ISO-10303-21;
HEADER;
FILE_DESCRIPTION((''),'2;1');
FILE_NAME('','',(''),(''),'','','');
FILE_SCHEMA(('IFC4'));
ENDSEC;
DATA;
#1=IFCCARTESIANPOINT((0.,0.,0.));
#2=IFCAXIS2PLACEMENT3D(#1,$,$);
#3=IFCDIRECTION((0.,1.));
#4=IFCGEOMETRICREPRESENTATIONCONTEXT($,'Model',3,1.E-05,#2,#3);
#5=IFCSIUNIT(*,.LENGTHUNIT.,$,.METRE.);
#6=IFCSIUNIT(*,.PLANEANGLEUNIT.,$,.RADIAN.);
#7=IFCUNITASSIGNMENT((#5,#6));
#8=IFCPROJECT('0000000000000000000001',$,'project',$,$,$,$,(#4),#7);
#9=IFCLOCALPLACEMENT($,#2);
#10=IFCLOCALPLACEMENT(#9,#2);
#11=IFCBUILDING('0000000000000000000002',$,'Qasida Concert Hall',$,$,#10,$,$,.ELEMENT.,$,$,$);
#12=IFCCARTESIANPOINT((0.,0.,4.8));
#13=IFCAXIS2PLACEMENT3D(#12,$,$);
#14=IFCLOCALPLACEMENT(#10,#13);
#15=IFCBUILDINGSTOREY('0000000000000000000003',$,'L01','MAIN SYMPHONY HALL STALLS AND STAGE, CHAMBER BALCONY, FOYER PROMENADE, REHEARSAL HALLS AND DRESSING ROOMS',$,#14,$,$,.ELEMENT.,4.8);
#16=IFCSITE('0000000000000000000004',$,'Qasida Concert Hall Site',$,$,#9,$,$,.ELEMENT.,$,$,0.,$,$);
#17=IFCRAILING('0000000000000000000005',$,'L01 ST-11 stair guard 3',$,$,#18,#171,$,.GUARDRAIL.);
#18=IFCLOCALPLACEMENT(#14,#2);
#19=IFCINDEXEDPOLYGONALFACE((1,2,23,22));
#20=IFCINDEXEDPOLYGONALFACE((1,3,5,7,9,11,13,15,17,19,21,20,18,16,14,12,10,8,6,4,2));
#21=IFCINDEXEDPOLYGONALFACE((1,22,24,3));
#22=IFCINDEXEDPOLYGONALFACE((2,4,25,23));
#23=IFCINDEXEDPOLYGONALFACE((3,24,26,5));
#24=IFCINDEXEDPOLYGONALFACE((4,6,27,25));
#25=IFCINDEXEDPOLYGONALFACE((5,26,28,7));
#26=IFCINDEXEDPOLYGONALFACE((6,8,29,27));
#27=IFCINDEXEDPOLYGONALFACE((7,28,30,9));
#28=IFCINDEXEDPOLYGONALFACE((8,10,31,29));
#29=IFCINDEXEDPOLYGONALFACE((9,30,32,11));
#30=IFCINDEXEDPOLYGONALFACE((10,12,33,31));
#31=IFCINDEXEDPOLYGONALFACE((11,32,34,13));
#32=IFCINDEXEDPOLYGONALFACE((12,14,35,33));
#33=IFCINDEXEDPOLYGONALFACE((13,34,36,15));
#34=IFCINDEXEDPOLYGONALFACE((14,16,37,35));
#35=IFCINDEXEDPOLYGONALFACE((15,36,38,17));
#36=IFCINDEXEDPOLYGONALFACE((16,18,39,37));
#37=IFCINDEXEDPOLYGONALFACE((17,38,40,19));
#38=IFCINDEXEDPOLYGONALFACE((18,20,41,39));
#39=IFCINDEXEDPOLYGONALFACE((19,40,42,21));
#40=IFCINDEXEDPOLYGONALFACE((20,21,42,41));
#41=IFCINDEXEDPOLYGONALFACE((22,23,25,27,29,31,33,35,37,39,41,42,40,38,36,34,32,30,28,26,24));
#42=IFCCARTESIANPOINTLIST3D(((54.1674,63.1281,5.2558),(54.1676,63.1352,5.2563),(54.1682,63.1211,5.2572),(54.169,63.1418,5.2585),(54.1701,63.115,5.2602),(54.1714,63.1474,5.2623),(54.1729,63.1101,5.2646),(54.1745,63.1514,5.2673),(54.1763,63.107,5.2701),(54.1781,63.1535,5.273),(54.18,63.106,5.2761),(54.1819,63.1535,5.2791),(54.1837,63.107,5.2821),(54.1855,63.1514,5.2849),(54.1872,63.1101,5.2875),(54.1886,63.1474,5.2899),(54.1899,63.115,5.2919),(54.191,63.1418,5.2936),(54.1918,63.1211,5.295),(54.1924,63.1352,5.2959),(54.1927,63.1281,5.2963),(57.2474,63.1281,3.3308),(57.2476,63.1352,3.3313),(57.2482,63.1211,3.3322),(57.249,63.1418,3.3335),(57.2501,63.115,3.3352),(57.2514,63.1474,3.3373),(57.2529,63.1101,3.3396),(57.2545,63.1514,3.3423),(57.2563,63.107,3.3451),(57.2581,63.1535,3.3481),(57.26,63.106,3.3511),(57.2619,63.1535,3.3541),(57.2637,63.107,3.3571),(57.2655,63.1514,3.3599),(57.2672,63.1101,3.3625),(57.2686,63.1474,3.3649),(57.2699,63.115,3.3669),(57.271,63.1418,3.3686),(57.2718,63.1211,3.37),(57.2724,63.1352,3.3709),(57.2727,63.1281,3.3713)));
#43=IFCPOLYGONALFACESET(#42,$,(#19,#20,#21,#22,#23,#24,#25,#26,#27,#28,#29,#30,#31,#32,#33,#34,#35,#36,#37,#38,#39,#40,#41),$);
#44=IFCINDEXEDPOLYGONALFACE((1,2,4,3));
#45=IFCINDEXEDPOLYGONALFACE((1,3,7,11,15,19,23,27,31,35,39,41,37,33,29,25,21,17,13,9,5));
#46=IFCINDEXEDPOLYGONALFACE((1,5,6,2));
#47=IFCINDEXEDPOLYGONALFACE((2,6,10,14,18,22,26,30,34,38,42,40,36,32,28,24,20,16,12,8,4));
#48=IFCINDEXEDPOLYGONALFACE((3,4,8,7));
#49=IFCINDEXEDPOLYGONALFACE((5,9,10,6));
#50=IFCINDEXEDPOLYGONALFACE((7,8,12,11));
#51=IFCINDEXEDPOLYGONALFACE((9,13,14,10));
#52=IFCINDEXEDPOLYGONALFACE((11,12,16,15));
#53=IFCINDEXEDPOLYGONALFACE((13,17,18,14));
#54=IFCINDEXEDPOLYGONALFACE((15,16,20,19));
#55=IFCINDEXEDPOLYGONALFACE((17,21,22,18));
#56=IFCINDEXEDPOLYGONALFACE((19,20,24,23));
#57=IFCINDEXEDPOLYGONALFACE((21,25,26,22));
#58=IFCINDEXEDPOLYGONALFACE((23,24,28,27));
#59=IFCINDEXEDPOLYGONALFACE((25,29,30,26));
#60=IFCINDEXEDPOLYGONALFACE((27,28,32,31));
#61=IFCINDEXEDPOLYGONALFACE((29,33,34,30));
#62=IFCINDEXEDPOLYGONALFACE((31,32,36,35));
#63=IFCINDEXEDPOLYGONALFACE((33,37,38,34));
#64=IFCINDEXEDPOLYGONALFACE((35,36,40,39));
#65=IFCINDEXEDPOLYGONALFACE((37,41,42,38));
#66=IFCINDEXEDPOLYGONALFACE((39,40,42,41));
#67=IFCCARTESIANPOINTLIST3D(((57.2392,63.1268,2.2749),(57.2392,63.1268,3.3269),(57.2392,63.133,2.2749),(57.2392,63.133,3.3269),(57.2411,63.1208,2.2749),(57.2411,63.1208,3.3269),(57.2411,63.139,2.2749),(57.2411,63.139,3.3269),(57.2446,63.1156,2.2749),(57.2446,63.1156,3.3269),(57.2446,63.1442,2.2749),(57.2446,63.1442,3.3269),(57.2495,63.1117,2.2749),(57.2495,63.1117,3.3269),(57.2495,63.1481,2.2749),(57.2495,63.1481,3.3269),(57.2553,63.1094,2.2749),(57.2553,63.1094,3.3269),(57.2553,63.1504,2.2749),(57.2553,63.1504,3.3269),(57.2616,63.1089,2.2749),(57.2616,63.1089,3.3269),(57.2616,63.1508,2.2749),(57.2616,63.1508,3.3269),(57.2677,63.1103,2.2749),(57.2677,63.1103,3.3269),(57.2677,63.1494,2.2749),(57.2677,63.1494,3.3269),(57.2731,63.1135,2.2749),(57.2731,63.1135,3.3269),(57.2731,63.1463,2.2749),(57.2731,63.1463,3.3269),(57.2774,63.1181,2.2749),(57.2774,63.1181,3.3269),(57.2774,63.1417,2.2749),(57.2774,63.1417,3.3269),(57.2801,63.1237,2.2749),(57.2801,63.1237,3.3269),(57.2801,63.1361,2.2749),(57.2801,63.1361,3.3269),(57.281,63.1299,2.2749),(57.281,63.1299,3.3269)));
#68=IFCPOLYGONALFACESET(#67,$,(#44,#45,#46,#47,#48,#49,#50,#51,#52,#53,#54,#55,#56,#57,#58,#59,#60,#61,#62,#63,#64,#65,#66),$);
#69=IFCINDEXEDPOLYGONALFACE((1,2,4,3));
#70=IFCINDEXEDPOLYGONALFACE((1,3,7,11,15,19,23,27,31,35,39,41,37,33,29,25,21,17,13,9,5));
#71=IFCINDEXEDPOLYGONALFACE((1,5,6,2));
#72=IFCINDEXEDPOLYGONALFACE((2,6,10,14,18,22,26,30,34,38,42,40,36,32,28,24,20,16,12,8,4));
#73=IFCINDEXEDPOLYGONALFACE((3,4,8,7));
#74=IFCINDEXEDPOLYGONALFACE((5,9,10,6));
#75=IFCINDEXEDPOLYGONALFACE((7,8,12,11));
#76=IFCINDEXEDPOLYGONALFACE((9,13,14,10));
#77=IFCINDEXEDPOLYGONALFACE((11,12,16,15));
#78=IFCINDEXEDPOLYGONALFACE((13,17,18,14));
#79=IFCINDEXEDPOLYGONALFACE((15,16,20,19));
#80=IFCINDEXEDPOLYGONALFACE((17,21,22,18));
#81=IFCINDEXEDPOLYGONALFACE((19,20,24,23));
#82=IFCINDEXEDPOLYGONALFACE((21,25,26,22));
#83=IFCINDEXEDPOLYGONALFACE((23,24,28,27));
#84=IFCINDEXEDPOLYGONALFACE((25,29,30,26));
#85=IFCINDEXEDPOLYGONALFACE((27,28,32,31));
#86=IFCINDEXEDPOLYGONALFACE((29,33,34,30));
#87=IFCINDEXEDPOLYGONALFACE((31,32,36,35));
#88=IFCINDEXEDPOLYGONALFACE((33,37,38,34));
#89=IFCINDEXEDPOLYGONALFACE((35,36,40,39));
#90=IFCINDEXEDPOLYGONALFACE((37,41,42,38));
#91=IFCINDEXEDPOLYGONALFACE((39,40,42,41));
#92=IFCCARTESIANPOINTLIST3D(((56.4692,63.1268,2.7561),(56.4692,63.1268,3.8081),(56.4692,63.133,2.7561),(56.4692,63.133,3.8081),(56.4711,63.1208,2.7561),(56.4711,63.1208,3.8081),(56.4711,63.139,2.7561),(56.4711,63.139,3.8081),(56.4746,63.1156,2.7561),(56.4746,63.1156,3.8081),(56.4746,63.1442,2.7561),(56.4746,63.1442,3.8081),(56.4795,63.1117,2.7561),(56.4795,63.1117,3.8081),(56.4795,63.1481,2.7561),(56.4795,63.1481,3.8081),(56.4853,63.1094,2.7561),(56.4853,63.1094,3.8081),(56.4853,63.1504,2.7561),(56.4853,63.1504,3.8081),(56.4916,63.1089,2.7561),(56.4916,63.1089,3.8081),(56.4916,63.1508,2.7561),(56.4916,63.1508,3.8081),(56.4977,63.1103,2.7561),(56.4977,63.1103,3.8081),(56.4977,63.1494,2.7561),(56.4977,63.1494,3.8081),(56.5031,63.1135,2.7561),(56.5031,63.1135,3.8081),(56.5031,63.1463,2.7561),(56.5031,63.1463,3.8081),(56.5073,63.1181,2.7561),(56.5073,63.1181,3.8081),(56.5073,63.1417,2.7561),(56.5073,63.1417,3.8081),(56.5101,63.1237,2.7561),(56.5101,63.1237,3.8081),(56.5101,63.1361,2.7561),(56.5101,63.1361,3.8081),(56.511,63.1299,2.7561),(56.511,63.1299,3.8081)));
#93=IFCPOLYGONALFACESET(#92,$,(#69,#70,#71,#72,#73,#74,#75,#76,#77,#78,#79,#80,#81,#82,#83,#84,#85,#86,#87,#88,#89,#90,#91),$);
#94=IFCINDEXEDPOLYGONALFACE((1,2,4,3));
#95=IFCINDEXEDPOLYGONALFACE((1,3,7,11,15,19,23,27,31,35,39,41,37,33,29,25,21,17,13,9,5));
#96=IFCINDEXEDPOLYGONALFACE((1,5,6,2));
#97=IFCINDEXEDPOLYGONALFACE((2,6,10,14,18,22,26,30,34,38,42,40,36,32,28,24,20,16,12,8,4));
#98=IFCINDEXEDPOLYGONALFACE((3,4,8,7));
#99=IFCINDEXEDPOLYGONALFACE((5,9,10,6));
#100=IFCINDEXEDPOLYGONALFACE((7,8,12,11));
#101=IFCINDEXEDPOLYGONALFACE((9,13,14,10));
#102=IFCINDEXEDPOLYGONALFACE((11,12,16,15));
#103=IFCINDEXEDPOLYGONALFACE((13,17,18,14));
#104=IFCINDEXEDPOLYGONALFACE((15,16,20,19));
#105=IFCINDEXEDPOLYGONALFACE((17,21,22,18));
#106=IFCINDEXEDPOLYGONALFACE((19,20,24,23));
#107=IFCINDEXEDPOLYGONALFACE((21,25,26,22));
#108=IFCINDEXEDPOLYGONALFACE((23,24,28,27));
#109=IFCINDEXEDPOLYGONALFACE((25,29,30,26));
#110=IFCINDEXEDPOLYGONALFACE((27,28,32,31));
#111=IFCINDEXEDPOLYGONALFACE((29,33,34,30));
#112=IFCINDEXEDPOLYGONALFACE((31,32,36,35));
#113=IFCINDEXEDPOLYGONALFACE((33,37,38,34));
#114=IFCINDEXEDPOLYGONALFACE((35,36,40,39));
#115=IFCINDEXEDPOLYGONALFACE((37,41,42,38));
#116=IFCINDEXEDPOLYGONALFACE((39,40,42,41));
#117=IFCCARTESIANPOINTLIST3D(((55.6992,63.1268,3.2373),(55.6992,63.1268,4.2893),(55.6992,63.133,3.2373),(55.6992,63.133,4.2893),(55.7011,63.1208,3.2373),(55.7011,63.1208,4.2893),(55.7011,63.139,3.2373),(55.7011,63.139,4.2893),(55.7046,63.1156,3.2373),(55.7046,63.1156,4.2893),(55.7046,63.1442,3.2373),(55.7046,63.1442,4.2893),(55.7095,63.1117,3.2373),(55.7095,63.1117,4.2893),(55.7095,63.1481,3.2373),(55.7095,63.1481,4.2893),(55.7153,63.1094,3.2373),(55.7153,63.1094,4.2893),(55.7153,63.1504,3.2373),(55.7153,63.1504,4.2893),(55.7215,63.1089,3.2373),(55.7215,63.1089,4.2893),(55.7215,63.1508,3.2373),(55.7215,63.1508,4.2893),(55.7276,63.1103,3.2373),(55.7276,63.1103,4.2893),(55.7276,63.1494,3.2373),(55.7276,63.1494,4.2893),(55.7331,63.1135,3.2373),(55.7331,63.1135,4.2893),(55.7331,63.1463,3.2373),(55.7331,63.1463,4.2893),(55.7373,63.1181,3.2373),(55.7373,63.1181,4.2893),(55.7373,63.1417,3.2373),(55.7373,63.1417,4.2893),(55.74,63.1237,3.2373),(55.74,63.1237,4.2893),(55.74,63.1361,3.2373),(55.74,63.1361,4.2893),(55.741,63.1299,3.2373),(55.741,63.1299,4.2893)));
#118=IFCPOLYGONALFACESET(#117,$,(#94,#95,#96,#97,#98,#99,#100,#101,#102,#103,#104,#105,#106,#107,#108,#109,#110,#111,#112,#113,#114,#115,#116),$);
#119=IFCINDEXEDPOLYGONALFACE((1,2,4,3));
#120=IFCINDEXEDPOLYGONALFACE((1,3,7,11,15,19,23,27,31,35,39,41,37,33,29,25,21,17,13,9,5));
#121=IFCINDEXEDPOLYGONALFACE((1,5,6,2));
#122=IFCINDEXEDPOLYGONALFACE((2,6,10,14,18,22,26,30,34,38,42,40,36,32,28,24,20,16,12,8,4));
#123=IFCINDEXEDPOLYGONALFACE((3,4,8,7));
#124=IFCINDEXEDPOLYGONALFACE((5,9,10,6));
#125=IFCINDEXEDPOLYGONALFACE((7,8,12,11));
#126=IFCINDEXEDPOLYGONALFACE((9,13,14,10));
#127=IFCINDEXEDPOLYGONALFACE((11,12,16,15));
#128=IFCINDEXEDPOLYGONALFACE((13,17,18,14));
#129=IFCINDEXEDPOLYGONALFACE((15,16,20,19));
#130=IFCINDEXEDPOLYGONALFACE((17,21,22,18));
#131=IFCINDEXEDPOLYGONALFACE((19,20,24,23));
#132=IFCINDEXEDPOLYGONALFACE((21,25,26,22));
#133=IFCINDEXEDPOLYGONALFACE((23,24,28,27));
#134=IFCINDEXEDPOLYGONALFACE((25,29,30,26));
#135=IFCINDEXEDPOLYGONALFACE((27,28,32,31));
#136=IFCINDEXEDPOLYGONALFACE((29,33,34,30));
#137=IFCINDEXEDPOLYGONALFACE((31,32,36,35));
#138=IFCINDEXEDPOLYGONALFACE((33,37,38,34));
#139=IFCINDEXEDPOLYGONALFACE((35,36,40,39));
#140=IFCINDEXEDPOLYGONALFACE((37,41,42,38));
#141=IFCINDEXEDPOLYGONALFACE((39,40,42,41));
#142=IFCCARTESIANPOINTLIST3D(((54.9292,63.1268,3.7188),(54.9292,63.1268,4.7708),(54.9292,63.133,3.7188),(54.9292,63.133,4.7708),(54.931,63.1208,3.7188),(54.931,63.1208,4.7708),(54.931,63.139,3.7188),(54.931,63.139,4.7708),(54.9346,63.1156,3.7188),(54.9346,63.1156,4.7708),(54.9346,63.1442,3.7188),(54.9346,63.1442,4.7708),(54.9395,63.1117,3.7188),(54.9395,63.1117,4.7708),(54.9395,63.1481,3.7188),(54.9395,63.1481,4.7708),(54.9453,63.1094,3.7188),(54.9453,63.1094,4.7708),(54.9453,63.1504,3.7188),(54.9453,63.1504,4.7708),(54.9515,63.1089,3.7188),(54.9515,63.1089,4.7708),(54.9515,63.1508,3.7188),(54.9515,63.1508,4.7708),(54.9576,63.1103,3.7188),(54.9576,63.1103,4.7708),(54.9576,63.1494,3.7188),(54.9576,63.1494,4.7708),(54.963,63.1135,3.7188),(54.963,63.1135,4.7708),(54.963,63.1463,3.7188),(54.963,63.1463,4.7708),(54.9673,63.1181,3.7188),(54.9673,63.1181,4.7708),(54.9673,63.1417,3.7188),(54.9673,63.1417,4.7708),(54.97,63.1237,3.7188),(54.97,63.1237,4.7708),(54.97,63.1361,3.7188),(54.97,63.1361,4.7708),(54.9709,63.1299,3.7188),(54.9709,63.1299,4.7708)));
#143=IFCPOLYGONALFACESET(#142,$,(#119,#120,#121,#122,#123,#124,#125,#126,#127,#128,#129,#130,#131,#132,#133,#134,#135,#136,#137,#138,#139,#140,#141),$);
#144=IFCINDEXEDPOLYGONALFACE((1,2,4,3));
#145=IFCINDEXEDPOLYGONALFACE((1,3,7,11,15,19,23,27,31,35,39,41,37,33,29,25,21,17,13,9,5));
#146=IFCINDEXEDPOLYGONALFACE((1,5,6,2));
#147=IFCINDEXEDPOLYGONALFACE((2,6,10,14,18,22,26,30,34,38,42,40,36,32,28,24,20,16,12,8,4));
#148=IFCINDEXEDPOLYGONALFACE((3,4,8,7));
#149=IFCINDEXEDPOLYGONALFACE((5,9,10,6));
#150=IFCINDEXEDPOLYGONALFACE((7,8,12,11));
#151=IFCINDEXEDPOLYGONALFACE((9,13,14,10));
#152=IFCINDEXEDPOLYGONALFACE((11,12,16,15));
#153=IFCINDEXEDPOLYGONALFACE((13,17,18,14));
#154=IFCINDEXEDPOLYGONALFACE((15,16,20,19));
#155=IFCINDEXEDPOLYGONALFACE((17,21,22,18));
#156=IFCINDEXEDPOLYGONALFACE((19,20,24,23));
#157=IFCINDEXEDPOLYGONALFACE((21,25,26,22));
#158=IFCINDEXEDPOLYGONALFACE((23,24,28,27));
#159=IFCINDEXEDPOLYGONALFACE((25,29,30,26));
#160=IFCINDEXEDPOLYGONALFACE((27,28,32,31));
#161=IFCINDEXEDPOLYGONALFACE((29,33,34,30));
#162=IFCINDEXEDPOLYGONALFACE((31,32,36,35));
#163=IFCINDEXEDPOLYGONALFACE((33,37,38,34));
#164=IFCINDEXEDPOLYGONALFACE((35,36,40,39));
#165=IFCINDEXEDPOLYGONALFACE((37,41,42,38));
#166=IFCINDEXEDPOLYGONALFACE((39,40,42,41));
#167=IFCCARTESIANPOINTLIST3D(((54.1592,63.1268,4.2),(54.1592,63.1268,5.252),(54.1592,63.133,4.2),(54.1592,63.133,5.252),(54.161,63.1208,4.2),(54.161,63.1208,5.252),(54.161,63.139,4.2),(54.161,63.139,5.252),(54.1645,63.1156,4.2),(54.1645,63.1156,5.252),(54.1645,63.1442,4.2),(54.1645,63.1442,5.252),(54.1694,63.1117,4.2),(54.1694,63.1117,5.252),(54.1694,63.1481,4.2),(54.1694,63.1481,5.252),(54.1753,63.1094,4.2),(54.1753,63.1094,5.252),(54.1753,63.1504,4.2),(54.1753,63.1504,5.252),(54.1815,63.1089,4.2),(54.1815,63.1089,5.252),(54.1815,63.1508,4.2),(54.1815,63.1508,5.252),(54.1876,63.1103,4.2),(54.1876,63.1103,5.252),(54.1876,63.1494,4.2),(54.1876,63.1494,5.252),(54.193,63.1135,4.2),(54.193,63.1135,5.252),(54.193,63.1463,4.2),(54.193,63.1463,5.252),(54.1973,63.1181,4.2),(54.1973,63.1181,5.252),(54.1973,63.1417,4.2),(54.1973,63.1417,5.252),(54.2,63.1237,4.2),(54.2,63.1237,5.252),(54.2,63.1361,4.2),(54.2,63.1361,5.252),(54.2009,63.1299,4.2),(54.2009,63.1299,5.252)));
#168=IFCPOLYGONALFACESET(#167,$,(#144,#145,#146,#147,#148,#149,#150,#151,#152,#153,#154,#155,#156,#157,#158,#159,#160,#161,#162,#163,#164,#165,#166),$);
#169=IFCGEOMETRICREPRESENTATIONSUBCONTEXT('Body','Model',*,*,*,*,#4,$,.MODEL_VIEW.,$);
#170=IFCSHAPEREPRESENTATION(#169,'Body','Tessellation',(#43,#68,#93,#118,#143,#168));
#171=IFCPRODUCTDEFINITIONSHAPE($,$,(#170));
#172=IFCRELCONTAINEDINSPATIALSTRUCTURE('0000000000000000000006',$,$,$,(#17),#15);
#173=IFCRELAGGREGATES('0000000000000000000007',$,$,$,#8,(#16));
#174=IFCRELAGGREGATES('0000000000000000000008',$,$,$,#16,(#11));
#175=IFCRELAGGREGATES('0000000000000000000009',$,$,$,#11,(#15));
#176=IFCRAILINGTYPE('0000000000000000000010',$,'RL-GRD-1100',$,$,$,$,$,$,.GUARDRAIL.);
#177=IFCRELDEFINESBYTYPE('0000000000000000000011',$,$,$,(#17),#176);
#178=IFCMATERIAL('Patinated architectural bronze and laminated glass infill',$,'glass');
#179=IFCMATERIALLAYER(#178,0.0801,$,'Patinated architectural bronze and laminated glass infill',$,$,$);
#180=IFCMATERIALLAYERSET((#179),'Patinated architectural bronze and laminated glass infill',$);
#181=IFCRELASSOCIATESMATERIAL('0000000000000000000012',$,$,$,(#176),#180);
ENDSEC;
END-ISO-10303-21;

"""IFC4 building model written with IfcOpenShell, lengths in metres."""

from ifc_helpers import new_model, si_unit, direction, frame, origin, origin_2d, place, context, subcontext, project, spatial, circle, extrude, material, layer, layer_set, type_object, element, save


model = new_model("IFC4")

# Units and contexts
model_context = context("Model", 3, precision=1e-05, world=origin(), true_north=direction((0.0, 1.0)))
body_context = subcontext(model_context, "Body", "Model", "MODEL_VIEW")
ifc_project = project(units=[si_unit("LENGTHUNIT", "METRE"), si_unit("PLANEANGLEUNIT", "RADIAN")], contexts=[model_context])

# Site, building, storey
site_placement = place(None, origin())
site = spatial("IfcSite", under=ifc_project, at=site_placement, Name="Qasida Concert Hall Site", CompositionType="ELEMENT", RefElevation=0.0)
building_placement = place(site_placement, origin())
building = spatial("IfcBuilding", under=site, at=building_placement, Name="Qasida Concert Hall", CompositionType="ELEMENT")
storey_placement = place(building_placement, frame((0.0, 0.0, 4.8)))
storey = spatial("IfcBuildingStorey", under=building, at=storey_placement, Name="L01", Description="MAIN SYMPHONY HALL STALLS AND STAGE, CHAMBER BALCONY, FOYER PROMENADE, REHEARSAL HALLS AND DRESSING ROOMS", CompositionType="ELEMENT", Elevation=4.8)

# Railing
ifc_material_1 = material(Name="Patinated architectural bronze and laminated glass infill", Category="glass")
ifc_layer_1 = layer(ifc_material_1, 0.0801, Name="Patinated architectural bronze and laminated glass infill")
ifc_layer_set_1 = layer_set([ifc_layer_1], Name="Patinated architectural bronze and laminated glass infill")
railing_type_1 = type_object("IfcRailingType", Name="RL-GRD-1100", PredefinedType="GUARDRAIL", material=ifc_layer_set_1)
railing_1_placement = place(storey_placement, frame((57.26, 63.1299, 2.2749)))
element("IfcRailing", 1, at=railing_1_placement, inside=storey, type_object=railing_type_1, Name="L01 ST-11 stair guard 3", PredefinedType="GUARDRAIL", context=body_context, shape_type="SweptSolid", body=[
    extrude(circle(Radius=0.0239, at=origin_2d()), frame((0.0, 0.0, 1.0762), z_axis=(-0.847998, 0.0, 0.529999), x_axis=(0.0, -1.0, 0.0)), (0.0, 0.0, 1.0), 3.6321),
    extrude(circle(Radius=0.021, at=origin_2d()), origin(), (0.0, 0.0, 1.0), 1.052),
    extrude(circle(Radius=0.021, at=origin_2d()), frame((-0.77, 0.0, 0.4812)), (0.0, 0.0, 1.0), 1.052),
    extrude(circle(Radius=0.021, at=origin_2d()), frame((-1.54, 0.0, 0.9624)), (0.0, 0.0, 1.0), 1.052),
    extrude(circle(Radius=0.021, at=origin_2d()), frame((-2.3101, 0.0, 1.4438)), (0.0, 0.0, 1.0), 1.052),
    extrude(circle(Radius=0.021, at=origin_2d()), frame((-3.0801, 0.0, 1.925)), (0.0, 0.0, 1.0), 1.052),
])

save(model, "model.ifc")
